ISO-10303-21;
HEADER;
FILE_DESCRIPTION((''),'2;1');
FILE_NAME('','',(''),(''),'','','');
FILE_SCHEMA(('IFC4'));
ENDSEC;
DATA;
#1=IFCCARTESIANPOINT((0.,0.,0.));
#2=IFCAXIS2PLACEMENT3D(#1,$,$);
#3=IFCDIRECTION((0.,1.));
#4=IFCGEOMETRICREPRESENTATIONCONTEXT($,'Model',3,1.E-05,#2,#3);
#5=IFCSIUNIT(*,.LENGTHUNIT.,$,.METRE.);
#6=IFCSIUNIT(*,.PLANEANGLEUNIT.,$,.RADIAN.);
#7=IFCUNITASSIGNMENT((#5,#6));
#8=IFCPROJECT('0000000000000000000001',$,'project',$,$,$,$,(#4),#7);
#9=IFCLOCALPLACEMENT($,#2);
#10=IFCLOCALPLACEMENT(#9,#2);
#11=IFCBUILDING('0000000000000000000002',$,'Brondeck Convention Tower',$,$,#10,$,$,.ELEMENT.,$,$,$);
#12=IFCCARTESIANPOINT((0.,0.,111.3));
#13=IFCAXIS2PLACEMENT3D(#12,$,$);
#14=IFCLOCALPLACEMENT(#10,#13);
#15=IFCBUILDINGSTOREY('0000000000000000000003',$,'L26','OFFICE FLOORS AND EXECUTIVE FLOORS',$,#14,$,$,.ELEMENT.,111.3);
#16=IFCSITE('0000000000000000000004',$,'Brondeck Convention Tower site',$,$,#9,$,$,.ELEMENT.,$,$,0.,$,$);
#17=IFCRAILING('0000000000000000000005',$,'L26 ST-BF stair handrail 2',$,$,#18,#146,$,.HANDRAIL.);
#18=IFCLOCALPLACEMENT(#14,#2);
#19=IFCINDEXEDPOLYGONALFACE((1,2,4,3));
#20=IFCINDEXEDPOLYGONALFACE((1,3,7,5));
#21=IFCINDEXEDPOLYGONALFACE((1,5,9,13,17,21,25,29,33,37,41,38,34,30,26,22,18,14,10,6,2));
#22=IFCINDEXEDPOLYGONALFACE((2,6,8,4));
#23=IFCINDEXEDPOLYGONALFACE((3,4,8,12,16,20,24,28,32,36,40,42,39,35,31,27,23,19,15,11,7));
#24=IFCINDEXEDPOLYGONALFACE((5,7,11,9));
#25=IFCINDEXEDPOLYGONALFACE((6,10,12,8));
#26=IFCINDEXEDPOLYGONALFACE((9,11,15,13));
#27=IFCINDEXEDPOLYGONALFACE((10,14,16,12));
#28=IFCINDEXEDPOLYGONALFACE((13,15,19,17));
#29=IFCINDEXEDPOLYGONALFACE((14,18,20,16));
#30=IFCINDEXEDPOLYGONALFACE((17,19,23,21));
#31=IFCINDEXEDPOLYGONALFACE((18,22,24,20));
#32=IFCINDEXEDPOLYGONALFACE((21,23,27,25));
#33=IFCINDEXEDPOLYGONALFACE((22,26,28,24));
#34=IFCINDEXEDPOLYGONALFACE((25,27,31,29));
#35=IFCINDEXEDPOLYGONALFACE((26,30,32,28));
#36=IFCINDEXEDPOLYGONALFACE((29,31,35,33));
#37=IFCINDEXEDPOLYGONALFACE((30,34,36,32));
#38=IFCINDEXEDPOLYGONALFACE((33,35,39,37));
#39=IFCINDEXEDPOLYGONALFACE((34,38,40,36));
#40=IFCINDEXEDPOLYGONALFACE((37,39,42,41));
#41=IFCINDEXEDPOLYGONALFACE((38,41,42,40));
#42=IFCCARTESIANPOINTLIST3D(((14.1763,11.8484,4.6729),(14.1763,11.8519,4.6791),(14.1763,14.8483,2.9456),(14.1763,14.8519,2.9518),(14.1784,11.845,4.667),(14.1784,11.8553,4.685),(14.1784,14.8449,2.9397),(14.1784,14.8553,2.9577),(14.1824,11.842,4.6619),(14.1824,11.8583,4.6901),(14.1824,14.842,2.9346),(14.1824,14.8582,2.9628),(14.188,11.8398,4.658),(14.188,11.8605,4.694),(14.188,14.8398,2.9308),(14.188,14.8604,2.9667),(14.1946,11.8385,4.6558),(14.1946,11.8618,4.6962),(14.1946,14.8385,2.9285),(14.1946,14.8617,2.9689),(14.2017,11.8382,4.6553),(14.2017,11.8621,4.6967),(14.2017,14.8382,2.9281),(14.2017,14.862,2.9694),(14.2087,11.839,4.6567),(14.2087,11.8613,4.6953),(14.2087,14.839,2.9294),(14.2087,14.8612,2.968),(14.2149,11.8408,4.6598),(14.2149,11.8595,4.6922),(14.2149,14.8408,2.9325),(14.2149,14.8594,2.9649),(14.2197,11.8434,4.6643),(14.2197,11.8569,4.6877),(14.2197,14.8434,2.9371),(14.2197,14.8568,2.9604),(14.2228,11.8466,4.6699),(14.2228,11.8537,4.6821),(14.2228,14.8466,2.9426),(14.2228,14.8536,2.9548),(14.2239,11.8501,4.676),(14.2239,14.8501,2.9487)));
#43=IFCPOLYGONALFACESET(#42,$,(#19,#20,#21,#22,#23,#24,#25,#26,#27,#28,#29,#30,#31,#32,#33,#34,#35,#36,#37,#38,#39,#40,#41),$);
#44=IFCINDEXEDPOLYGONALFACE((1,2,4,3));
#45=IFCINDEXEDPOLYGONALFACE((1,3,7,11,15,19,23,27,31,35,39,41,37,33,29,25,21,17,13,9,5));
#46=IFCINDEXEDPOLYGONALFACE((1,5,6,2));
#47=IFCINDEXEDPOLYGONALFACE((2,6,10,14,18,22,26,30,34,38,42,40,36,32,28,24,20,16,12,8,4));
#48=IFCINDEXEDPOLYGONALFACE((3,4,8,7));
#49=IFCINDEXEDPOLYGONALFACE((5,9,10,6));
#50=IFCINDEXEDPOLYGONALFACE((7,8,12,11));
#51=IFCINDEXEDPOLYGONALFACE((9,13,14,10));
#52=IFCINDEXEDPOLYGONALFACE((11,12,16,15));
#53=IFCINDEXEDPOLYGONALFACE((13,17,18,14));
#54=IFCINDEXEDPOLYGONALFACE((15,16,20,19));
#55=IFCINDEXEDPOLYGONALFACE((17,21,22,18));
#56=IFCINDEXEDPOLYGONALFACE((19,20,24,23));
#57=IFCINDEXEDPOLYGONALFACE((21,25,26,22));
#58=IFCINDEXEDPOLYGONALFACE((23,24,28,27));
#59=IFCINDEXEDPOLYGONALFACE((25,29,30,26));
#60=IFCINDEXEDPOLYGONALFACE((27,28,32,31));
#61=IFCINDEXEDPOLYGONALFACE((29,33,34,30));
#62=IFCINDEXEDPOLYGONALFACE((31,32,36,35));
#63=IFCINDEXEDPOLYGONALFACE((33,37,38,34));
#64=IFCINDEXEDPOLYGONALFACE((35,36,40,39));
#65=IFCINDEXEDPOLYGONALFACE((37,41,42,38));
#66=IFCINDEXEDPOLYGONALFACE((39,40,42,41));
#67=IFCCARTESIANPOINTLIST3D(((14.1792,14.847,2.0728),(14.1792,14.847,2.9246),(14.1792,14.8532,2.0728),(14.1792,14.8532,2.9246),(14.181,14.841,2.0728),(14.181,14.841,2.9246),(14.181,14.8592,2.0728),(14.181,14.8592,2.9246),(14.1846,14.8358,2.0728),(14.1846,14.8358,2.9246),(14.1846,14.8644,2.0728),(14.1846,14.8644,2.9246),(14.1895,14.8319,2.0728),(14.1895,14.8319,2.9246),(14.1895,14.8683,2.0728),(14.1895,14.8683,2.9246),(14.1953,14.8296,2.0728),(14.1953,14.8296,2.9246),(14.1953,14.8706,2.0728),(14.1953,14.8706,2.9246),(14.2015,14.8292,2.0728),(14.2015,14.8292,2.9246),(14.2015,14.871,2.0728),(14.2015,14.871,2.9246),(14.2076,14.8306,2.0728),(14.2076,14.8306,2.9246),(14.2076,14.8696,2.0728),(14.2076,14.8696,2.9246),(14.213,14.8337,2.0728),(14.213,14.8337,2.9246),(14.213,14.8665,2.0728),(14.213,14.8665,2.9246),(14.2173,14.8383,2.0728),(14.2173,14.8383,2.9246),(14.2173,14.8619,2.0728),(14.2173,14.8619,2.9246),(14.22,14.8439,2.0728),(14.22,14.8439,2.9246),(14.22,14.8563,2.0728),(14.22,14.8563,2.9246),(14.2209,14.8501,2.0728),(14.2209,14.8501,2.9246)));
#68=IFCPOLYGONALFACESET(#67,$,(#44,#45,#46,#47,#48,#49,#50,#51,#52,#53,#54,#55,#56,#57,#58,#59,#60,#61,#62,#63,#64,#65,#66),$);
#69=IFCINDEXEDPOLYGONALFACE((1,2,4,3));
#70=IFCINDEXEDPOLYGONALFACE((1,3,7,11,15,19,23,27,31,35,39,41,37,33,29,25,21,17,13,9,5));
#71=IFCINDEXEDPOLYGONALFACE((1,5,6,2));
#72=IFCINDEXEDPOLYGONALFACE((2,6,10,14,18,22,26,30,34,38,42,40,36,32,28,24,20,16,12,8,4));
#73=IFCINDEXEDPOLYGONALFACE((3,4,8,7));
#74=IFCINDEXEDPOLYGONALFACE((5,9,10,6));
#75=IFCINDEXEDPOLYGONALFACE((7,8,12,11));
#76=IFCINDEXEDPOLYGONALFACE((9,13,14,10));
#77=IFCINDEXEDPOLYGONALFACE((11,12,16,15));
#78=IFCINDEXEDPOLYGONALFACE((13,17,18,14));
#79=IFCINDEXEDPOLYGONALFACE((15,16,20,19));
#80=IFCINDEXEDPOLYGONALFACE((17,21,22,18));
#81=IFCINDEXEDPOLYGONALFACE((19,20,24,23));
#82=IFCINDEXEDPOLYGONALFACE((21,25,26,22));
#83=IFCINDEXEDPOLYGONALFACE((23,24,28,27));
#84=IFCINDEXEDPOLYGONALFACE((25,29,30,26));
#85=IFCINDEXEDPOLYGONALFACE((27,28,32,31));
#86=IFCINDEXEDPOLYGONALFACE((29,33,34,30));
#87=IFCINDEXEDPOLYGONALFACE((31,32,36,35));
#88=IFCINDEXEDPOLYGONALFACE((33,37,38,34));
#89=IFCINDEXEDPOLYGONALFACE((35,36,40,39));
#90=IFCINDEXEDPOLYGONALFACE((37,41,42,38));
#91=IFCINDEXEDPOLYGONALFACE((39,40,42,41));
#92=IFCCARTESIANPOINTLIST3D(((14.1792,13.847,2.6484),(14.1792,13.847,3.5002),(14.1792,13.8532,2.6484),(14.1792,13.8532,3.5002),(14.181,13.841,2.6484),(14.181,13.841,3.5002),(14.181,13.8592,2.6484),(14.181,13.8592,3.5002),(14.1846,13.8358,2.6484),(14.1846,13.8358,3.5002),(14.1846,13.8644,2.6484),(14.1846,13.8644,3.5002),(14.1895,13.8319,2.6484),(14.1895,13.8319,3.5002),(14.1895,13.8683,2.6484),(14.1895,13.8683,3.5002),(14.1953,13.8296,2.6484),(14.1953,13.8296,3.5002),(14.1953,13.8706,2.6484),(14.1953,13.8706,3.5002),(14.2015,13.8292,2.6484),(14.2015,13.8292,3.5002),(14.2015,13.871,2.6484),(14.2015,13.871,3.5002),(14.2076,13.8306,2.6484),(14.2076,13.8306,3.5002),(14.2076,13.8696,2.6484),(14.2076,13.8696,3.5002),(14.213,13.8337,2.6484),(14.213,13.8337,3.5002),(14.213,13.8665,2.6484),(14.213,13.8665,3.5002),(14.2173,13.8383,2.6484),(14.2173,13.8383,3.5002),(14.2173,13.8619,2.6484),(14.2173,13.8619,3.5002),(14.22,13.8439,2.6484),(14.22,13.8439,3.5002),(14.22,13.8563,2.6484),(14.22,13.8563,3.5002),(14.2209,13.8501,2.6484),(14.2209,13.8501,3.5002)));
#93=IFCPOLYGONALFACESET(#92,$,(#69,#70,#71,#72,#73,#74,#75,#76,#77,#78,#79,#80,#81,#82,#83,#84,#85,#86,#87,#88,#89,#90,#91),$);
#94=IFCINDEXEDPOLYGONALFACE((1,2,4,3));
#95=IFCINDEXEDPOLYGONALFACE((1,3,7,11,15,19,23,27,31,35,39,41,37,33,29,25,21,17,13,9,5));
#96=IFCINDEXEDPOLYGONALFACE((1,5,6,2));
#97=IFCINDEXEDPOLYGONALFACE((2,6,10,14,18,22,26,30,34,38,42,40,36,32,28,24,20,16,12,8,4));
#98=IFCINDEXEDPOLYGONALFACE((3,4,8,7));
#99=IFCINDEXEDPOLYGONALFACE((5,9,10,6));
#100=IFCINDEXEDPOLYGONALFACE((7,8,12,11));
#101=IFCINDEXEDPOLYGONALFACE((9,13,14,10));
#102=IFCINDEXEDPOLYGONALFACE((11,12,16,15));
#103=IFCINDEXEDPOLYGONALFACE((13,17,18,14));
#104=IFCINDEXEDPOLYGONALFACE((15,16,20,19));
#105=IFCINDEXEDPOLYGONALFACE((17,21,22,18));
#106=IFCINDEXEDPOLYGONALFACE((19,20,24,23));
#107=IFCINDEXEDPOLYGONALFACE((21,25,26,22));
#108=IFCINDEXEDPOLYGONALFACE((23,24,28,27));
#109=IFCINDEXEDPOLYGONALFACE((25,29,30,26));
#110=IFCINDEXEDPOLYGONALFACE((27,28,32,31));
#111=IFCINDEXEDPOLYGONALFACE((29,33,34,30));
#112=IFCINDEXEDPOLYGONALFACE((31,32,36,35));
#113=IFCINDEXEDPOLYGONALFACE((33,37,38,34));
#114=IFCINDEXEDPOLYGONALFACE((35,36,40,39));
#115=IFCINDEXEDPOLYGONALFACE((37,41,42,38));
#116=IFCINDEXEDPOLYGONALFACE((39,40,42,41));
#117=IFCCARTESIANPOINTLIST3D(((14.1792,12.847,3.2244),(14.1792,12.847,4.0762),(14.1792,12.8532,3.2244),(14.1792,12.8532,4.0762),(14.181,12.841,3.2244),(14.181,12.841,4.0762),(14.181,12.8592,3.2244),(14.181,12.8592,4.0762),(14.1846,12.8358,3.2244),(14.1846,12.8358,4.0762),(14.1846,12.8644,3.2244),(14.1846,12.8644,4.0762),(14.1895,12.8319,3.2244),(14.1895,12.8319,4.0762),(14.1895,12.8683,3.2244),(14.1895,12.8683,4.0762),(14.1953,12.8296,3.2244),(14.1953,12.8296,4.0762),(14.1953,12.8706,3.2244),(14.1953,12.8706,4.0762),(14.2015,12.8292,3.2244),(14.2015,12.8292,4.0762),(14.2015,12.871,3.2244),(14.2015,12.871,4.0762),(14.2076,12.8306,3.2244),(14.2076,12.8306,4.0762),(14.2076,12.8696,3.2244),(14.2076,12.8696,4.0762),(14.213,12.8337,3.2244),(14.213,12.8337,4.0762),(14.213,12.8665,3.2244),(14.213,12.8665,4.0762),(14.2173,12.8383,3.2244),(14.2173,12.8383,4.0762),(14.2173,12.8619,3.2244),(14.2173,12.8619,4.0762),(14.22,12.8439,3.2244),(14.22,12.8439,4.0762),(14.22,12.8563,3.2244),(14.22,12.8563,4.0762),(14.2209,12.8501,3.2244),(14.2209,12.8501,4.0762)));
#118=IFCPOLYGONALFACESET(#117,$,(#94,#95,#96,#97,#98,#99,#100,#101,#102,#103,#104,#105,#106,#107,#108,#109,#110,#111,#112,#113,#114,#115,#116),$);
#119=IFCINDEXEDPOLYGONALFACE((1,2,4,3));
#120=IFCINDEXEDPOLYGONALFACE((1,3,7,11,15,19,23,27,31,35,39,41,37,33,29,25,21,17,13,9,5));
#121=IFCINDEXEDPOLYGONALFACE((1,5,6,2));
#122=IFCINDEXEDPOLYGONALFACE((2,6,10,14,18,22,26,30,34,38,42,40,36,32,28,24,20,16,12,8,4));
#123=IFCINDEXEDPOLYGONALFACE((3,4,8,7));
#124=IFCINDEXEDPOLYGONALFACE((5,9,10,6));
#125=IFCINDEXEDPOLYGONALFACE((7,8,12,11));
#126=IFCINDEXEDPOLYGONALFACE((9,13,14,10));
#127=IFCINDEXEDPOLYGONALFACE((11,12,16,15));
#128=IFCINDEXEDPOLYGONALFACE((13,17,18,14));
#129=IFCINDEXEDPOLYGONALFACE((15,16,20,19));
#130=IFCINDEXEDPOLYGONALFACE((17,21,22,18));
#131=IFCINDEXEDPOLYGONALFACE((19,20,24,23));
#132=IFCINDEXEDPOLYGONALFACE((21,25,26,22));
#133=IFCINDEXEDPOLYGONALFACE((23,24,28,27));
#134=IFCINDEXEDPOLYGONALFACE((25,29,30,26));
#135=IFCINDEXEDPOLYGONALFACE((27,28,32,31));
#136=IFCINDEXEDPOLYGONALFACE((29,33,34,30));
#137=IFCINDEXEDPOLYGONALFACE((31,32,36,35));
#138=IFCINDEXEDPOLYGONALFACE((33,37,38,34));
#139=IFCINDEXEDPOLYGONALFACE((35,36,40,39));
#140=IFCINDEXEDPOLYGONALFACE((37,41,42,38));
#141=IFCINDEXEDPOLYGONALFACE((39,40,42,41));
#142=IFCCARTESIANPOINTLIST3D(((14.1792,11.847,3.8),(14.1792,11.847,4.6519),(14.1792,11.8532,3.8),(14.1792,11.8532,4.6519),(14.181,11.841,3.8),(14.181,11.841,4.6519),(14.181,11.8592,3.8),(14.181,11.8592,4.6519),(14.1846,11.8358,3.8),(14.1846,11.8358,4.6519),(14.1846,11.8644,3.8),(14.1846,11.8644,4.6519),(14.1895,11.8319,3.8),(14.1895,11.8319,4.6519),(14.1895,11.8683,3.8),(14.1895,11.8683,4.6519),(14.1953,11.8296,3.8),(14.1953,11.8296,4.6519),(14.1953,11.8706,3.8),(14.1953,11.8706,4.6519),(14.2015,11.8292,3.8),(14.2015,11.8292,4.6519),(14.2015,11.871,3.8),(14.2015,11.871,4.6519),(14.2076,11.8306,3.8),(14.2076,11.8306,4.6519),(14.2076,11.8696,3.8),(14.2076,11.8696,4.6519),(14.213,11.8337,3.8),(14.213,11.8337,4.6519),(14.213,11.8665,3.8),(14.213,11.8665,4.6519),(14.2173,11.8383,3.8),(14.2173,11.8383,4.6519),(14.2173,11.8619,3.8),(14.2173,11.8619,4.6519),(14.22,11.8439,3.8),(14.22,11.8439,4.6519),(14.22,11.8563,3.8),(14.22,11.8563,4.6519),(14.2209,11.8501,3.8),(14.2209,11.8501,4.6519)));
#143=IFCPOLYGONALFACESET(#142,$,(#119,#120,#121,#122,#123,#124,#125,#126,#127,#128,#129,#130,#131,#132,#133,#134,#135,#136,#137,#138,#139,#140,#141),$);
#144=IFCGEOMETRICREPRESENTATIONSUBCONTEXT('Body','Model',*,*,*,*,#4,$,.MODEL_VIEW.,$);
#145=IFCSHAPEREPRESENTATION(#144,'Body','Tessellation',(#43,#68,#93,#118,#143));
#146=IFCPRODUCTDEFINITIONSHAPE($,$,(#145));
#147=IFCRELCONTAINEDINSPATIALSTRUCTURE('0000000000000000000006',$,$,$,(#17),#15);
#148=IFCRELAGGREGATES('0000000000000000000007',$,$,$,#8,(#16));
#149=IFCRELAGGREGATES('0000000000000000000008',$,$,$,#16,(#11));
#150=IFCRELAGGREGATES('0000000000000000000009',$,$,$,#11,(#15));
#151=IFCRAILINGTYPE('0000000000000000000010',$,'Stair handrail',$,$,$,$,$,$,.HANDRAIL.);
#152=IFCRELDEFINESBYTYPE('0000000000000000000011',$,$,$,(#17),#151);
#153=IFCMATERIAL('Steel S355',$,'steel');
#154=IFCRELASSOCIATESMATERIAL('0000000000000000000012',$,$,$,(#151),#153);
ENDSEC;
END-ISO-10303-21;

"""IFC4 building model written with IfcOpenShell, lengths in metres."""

from ifc_helpers import new_model, si_unit, direction, frame, origin, origin_2d, place, context, subcontext, project, spatial, circle, extrude, material, type_object, element, save


model = new_model("IFC4")

# Units and contexts
model_context = context("Model", 3, precision=1e-05, world=origin(), true_north=direction((0.0, 1.0)))
body_context = subcontext(model_context, "Body", "Model", "MODEL_VIEW")
ifc_project = project(units=[si_unit("LENGTHUNIT", "METRE"), si_unit("PLANEANGLEUNIT", "RADIAN")], contexts=[model_context])

# Site, building, storey
site_placement = place(None, origin())
site = spatial("IfcSite", under=ifc_project, at=site_placement, Name="Brondeck Convention Tower site", CompositionType="ELEMENT", RefElevation=0.0)
building_placement = place(site_placement, origin())
building = spatial("IfcBuilding", under=site, at=building_placement, Name="Brondeck Convention Tower", CompositionType="ELEMENT")
storey_placement = place(building_placement, frame((0.0, 0.0, 111.3)))
storey = spatial("IfcBuildingStorey", under=building, at=storey_placement, Name="L26", Description="OFFICE FLOORS AND EXECUTIVE FLOORS", CompositionType="ELEMENT", Elevation=111.3)

# Shared definitions
ifc_material_1 = material(Name="Steel S355", Category="steel")

# Railing
railing_type_1 = type_object("IfcRailingType", Name="Stair handrail", PredefinedType="HANDRAIL", material=ifc_material_1)
railing_1_placement = place(storey_placement, frame((14.2, 14.8501, 2.0728)))
element("IfcRailing", 1, at=railing_1_placement, inside=storey, type_object=railing_type_1, Name="L26 ST-BF stair handrail 2", PredefinedType="HANDRAIL", context=body_context, shape_type="SweptSolid", body=[
    extrude(circle(Radius=0.0239, at=origin_2d()), frame((0.0, 0.0, 0.876), z_axis=(0.0, -0.86662, 0.498969), x_axis=(1.0, 0.0, 0.0)), (0.0, 0.0, 1.0), 3.4617),
    extrude(circle(Radius=0.021, at=origin_2d()), origin(), (0.0, 0.0, 1.0), 0.8518),
    extrude(circle(Radius=0.021, at=origin_2d()), frame((0.0, -1.0, 0.5757)), (0.0, 0.0, 1.0), 0.8518),
    extrude(circle(Radius=0.021, at=origin_2d()), frame((0.0, -2.0, 1.1516)), (0.0, 0.0, 1.0), 0.8518),
    extrude(circle(Radius=0.021, at=origin_2d()), frame((0.0, -3.0, 1.7273)), (0.0, 0.0, 1.0), 0.8518),
])

save(model, "model.ifc")
